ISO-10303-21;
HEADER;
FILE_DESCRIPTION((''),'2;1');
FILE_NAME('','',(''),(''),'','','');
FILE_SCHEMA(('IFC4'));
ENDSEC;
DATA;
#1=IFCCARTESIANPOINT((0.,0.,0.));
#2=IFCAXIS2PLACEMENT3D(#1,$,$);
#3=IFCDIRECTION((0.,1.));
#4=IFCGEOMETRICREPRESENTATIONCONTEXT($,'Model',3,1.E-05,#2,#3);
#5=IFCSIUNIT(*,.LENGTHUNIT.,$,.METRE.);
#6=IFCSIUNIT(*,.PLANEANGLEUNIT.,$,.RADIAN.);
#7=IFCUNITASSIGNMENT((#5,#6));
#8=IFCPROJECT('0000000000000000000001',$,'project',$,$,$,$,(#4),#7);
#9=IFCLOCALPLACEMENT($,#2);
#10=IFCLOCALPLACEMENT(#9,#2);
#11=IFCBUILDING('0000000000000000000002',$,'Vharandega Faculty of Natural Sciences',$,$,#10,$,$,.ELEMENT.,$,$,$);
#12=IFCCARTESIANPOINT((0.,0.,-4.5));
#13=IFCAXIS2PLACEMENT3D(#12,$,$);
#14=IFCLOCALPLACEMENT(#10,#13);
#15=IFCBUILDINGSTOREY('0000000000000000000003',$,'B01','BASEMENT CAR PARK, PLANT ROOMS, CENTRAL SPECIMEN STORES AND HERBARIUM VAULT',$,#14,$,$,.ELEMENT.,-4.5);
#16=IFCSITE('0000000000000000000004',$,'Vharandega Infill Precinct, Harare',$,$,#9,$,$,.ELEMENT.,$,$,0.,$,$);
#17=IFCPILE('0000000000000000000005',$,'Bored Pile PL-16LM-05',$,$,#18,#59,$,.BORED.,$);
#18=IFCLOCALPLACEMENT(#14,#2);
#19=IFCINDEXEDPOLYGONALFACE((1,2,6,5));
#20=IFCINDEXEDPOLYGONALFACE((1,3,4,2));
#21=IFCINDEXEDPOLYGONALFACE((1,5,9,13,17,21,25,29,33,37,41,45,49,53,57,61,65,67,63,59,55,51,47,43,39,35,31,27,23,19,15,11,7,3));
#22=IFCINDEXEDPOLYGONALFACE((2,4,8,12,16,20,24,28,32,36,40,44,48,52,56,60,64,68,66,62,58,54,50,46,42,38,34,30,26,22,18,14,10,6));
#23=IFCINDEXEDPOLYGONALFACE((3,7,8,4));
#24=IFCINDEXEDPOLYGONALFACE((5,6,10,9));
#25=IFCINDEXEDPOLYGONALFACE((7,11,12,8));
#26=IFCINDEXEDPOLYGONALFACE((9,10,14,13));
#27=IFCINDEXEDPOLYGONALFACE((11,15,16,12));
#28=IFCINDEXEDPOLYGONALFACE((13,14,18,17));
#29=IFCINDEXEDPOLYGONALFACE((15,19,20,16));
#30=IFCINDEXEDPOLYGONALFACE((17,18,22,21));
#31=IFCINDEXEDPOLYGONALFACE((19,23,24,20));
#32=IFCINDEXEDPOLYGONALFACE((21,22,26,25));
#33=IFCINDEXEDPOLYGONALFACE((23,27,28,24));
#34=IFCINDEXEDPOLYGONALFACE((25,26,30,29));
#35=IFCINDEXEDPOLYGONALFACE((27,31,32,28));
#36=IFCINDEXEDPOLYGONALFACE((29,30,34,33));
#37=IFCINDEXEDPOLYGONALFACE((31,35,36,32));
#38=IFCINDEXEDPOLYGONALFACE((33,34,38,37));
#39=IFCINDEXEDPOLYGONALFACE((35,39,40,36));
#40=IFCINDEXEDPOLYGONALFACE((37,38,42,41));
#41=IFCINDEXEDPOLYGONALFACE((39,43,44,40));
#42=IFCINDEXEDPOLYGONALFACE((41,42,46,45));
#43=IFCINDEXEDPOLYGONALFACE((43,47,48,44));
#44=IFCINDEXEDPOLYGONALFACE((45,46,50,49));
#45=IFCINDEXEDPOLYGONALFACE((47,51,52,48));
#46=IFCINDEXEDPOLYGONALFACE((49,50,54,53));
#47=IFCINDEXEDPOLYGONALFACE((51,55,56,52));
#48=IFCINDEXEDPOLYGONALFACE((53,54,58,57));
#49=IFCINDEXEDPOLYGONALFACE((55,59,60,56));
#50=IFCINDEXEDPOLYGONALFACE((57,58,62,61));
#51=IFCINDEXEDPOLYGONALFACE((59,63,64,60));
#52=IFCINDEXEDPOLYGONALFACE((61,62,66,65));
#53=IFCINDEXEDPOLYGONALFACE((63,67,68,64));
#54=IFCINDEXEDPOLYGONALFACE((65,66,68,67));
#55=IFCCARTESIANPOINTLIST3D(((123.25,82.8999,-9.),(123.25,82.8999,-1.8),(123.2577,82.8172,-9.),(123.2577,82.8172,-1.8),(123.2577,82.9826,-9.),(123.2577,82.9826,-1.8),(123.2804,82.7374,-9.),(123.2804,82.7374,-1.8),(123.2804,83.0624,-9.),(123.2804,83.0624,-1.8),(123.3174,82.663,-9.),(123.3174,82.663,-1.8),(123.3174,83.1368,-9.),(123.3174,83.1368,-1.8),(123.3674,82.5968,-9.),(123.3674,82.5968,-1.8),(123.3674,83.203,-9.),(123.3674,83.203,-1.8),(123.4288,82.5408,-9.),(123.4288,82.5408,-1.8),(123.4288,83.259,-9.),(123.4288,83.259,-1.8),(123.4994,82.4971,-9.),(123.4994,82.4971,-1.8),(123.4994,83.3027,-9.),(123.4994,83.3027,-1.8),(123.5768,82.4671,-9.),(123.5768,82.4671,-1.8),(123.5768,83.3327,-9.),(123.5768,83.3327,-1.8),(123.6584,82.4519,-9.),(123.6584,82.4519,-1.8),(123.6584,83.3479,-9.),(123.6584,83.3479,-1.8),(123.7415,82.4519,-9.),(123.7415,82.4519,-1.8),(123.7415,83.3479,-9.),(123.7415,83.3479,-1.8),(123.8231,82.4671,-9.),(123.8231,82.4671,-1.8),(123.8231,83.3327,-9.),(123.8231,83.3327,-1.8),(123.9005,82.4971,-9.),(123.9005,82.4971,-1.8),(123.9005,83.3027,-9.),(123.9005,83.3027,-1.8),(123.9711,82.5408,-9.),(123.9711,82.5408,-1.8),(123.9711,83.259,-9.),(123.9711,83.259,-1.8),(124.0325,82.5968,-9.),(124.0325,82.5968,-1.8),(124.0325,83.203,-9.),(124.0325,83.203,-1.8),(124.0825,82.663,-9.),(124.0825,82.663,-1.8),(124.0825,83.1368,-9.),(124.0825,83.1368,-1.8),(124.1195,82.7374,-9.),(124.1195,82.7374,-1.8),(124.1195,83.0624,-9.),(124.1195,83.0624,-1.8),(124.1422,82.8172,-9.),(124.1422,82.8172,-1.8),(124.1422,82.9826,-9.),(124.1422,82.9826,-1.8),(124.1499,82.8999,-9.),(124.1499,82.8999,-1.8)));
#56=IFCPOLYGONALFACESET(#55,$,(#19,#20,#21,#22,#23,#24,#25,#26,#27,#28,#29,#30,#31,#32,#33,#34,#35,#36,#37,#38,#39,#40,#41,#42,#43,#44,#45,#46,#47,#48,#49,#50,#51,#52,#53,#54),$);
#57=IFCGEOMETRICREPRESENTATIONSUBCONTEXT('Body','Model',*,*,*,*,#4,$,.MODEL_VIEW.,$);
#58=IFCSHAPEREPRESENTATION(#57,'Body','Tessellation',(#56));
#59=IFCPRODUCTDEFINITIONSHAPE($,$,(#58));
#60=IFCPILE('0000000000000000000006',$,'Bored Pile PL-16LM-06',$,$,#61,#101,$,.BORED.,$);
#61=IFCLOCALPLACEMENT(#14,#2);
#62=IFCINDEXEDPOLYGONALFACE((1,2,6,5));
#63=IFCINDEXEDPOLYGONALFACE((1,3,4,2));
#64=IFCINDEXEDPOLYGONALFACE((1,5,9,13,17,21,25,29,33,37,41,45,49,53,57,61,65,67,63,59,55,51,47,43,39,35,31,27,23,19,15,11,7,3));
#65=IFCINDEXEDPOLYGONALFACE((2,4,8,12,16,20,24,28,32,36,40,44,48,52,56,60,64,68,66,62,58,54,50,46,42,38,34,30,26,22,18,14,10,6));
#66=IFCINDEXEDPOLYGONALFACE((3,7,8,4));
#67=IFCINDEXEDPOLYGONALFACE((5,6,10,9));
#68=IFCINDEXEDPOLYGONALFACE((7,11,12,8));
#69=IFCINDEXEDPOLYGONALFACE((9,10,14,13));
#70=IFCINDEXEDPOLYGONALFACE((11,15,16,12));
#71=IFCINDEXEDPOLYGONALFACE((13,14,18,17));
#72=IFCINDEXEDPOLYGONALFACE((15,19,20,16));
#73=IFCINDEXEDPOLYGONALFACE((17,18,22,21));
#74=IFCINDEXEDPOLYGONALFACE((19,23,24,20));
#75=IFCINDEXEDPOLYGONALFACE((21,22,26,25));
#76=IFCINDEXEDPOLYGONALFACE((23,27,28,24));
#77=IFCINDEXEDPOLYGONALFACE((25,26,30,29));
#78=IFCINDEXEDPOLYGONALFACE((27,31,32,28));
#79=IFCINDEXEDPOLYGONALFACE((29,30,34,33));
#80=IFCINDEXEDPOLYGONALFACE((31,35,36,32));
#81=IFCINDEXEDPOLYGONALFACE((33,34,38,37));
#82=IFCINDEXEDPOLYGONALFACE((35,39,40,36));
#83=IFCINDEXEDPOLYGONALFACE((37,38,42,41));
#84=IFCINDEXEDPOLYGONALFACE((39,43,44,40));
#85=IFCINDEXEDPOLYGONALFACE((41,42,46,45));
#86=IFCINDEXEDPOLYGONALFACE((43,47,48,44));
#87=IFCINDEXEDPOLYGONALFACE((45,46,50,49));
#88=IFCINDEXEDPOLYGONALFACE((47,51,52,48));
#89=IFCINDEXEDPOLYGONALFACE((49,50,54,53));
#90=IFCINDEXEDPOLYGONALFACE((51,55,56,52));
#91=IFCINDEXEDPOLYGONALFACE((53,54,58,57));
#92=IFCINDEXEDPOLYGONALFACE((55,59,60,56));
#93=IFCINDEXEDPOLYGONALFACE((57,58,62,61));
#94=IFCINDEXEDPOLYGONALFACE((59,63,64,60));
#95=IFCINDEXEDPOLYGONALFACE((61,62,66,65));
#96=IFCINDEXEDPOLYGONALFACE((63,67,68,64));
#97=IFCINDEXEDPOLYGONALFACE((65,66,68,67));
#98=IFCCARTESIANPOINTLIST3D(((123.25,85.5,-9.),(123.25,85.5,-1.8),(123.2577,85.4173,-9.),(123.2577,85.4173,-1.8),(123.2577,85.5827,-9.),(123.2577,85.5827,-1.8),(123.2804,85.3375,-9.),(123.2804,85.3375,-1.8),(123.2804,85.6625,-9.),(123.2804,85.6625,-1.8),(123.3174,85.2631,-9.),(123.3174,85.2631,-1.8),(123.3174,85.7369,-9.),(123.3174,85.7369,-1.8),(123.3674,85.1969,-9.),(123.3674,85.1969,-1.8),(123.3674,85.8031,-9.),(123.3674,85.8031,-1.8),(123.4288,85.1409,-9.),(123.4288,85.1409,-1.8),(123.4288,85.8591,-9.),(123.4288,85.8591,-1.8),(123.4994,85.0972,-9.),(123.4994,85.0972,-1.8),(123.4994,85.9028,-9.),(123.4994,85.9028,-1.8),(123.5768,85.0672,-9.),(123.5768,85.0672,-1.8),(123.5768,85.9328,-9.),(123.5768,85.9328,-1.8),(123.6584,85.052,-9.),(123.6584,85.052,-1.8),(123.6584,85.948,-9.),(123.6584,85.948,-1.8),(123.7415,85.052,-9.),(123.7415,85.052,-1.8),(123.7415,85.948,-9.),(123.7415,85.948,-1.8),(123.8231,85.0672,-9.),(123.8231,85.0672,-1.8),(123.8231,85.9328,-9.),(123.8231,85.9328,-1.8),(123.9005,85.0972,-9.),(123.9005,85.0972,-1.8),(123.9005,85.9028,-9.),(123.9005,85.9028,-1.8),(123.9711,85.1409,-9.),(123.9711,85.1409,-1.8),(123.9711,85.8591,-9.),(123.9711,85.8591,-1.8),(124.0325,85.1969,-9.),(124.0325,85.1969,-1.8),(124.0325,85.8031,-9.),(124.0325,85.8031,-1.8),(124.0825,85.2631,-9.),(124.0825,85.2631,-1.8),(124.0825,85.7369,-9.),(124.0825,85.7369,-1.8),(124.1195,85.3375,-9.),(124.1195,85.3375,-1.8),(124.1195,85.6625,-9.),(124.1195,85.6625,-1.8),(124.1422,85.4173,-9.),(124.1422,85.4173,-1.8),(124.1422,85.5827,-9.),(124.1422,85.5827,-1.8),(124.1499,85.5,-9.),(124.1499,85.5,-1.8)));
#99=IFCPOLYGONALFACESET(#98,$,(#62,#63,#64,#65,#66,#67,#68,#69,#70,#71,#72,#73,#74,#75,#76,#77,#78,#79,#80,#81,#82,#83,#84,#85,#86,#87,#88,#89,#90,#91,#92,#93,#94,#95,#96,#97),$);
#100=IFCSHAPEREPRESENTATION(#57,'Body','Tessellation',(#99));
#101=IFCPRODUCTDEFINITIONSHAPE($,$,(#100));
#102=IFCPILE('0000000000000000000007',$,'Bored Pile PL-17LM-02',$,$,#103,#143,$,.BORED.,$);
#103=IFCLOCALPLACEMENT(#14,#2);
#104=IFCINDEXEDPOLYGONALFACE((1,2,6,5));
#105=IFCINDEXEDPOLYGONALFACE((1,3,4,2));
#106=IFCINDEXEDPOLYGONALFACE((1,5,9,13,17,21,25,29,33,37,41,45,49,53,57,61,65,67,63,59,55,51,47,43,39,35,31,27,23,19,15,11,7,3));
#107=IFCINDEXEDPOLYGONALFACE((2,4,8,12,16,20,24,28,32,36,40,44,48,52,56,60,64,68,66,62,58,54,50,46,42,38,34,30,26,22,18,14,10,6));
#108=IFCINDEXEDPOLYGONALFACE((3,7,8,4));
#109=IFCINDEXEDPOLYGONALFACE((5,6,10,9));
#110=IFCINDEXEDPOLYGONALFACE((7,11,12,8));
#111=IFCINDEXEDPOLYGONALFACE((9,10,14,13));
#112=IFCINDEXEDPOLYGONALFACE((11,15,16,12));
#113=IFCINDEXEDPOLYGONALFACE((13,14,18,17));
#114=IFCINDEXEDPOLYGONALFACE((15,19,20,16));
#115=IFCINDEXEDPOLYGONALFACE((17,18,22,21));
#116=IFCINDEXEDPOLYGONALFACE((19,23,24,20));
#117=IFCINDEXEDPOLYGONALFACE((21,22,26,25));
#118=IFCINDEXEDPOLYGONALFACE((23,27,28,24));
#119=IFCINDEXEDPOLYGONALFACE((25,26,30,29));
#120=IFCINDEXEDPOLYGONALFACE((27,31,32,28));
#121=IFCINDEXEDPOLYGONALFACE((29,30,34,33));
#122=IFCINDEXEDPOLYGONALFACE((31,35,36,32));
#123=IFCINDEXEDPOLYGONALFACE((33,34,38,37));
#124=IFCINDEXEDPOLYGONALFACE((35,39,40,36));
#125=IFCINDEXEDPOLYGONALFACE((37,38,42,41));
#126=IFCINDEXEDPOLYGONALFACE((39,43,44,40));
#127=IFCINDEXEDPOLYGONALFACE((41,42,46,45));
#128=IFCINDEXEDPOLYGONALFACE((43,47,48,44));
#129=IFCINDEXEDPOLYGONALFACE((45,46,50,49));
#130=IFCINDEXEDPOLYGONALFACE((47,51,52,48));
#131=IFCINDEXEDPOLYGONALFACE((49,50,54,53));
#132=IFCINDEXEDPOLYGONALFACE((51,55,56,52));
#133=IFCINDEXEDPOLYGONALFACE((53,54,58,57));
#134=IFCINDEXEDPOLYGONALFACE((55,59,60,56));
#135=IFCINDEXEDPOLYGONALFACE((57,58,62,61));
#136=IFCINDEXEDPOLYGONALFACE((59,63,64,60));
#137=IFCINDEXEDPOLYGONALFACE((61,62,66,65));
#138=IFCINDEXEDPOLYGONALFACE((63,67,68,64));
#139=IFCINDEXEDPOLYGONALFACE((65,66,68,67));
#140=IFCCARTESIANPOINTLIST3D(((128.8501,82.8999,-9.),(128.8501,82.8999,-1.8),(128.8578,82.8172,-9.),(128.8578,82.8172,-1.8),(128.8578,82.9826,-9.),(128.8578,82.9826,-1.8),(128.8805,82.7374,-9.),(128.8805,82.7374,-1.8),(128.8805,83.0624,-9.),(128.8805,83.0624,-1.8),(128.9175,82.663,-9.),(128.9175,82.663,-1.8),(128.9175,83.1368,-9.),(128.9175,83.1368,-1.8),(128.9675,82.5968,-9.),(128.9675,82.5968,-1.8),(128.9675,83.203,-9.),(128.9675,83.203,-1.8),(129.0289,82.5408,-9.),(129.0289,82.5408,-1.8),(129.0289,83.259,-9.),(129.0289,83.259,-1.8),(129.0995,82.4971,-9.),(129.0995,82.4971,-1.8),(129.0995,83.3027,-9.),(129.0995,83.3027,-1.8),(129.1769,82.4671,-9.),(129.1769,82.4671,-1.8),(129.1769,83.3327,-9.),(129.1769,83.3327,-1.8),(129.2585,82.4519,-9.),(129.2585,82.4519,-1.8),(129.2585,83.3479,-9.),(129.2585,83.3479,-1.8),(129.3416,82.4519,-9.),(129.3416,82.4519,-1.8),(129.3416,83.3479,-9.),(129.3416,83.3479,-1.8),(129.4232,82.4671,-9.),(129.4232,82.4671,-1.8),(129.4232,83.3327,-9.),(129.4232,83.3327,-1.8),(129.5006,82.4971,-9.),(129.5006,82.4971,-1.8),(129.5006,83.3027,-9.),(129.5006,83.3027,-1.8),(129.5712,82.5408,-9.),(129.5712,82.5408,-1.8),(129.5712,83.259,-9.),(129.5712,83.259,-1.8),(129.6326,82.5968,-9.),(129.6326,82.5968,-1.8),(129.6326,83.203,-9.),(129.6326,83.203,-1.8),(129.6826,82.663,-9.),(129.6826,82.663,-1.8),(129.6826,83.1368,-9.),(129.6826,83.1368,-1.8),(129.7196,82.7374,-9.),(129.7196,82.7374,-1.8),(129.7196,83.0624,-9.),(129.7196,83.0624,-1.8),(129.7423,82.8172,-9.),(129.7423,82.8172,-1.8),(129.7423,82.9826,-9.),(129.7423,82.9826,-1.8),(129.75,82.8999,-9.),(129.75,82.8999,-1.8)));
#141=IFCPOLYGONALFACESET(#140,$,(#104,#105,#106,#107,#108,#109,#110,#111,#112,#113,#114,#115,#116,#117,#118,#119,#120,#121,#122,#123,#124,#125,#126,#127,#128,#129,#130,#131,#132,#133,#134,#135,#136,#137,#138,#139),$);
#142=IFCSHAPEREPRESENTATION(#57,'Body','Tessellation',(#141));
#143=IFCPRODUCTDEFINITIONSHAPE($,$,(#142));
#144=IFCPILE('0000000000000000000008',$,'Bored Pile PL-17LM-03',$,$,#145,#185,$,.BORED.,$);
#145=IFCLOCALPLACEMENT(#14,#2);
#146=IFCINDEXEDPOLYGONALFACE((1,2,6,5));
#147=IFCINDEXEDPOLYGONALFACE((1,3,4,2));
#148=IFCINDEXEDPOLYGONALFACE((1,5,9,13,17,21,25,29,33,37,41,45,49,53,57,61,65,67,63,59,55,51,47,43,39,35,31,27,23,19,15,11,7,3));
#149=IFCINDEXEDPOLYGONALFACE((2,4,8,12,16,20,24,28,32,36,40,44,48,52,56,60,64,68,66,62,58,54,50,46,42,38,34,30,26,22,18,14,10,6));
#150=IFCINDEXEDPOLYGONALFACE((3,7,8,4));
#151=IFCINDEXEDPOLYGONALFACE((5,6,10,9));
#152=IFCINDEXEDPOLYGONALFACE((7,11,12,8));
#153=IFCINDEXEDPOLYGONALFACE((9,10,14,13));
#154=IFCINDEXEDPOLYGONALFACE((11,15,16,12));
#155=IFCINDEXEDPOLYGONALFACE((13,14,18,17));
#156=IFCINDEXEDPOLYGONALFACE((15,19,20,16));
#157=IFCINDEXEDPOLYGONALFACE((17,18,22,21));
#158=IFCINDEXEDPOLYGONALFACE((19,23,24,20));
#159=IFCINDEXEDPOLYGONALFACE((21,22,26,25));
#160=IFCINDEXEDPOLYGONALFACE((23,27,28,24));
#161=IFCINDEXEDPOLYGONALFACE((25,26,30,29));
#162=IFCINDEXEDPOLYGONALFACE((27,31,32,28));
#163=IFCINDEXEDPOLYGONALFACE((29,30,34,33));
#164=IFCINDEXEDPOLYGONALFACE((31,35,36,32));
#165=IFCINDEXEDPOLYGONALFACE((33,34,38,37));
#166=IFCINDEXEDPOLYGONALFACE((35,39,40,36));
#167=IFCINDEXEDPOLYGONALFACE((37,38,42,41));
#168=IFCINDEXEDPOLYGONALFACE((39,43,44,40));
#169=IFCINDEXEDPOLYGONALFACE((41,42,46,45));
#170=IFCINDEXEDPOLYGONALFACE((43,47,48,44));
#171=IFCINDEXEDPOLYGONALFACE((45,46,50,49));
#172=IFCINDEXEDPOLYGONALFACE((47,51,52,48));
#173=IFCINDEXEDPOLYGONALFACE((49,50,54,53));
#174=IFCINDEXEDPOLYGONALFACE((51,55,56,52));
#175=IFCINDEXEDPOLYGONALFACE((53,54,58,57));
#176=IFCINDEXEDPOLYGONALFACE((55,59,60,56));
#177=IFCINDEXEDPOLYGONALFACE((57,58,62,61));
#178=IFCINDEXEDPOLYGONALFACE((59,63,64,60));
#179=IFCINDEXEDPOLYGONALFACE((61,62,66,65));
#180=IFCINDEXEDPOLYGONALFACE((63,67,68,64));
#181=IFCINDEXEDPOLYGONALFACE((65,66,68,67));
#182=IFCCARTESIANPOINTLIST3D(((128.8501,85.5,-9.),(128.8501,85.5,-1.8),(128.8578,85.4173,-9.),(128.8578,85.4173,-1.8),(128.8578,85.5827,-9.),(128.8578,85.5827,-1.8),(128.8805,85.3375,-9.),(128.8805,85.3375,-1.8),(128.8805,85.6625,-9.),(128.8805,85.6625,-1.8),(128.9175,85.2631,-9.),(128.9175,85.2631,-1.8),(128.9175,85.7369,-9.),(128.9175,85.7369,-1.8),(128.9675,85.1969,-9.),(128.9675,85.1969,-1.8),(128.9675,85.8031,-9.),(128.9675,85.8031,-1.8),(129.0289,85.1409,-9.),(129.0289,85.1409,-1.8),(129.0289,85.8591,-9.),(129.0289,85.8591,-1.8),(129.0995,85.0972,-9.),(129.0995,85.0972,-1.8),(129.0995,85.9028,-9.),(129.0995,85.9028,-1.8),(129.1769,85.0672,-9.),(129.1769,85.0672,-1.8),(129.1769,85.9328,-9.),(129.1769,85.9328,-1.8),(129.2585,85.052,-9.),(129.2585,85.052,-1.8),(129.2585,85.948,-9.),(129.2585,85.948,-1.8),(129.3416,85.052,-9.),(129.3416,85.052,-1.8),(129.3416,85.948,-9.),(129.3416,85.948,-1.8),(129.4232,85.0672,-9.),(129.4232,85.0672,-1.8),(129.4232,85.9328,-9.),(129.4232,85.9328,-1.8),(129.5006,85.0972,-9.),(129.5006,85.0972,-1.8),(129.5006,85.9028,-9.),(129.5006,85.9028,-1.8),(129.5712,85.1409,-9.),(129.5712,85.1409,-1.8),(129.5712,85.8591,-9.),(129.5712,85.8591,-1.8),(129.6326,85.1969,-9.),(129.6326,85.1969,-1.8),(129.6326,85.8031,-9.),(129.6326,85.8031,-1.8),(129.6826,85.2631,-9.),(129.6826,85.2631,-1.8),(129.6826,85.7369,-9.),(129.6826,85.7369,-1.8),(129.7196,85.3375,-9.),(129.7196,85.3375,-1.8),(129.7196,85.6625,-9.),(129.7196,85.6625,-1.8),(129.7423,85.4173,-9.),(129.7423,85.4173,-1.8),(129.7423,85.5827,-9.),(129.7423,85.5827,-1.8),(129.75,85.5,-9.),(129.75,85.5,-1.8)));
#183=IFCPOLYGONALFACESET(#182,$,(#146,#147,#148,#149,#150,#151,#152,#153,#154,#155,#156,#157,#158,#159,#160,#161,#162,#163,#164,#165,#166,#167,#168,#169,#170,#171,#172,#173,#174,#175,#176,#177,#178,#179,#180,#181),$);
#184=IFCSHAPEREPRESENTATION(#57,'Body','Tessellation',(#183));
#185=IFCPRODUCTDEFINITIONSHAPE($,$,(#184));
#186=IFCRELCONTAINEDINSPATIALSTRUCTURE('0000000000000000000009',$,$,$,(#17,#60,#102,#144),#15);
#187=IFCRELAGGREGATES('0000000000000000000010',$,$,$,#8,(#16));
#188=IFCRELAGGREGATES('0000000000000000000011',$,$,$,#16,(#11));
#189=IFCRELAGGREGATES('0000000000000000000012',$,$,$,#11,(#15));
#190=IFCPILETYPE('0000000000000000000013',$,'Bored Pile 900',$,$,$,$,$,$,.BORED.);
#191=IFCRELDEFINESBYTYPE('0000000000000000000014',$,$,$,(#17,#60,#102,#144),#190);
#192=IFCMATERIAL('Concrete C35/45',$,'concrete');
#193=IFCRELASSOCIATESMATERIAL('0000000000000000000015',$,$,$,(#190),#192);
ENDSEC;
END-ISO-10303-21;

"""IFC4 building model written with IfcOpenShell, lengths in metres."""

from ifc_helpers import new_model, si_unit, direction, frame, origin, origin_2d, place, context, subcontext, project, spatial, circle, extrude, material, material_profile, profile_set, type_object, element, save


model = new_model("IFC4")

# Units and contexts
model_context = context("Model", 3, precision=1e-05, world=origin(), true_north=direction((0.0, 1.0)))
body_context = subcontext(model_context, "Body", "Model", "MODEL_VIEW")
ifc_project = project(units=[si_unit("LENGTHUNIT", "METRE"), si_unit("PLANEANGLEUNIT", "RADIAN")], contexts=[model_context])

# Site, building, storey
site_placement = place(None, origin())
site = spatial("IfcSite", under=ifc_project, at=site_placement, Name="Vharandega Infill Precinct, Harare", CompositionType="ELEMENT", RefElevation=0.0)
building_placement = place(site_placement, origin())
building = spatial("IfcBuilding", under=site, at=building_placement, Name="Vharandega Faculty of Natural Sciences", CompositionType="ELEMENT")
storey_placement = place(building_placement, frame((0.0, 0.0, -4.5)))
storey = spatial("IfcBuildingStorey", under=building, at=storey_placement, Name="B01", Description="BASEMENT CAR PARK, PLANT ROOMS, CENTRAL SPECIMEN STORES AND HERBARIUM VAULT", CompositionType="ELEMENT", Elevation=-4.5)

# Piles
ifc_material_1 = material(Name="Concrete C35/45", Category="concrete")
ifc_material_profile_1 = material_profile(ifc_material_1, circle(Radius=0.45, at=origin_2d()), Name="PILE 900")
ifc_profile_set_1 = profile_set([ifc_material_profile_1], Name="Concrete C35/45")
pile_type = type_object("IfcPileType", Name="Bored Pile 900", PredefinedType="BORED", material=ifc_profile_set_1)
for number, where, z_axis, x_axis, name in (
    (1, (123.7, 82.8999, -1.8), (0.0, 0.0, -1.0), (1.0, 0.0, 0.0), "Bored Pile PL-16LM-05"),
    (2, (123.7, 85.5, -1.8), (0.0, 0.0, -1.0), (1.0, 0.0, 0.0), "Bored Pile PL-16LM-06"),
    (3, (129.3, 82.8999, -1.8), (0.0, 0.0, -1.0), (1.0, 0.0, 0.0), "Bored Pile PL-17LM-02"),
    (4, (129.3, 85.5, -1.8), (0.0, 0.0, -1.0), (1.0, 0.0, 0.0), "Bored Pile PL-17LM-03"),
):
    element("IfcPile", number, at=place(storey_placement, frame(where, z_axis=z_axis, x_axis=x_axis)), inside=storey, type_object=pile_type, Name=name, PredefinedType="BORED", context=body_context, shape_type="SweptSolid", body=[
        extrude(circle(Radius=0.45, at=origin_2d()), origin(), (0.0, 0.0, 1.0), 7.2),
    ])

save(model, "model.ifc")
